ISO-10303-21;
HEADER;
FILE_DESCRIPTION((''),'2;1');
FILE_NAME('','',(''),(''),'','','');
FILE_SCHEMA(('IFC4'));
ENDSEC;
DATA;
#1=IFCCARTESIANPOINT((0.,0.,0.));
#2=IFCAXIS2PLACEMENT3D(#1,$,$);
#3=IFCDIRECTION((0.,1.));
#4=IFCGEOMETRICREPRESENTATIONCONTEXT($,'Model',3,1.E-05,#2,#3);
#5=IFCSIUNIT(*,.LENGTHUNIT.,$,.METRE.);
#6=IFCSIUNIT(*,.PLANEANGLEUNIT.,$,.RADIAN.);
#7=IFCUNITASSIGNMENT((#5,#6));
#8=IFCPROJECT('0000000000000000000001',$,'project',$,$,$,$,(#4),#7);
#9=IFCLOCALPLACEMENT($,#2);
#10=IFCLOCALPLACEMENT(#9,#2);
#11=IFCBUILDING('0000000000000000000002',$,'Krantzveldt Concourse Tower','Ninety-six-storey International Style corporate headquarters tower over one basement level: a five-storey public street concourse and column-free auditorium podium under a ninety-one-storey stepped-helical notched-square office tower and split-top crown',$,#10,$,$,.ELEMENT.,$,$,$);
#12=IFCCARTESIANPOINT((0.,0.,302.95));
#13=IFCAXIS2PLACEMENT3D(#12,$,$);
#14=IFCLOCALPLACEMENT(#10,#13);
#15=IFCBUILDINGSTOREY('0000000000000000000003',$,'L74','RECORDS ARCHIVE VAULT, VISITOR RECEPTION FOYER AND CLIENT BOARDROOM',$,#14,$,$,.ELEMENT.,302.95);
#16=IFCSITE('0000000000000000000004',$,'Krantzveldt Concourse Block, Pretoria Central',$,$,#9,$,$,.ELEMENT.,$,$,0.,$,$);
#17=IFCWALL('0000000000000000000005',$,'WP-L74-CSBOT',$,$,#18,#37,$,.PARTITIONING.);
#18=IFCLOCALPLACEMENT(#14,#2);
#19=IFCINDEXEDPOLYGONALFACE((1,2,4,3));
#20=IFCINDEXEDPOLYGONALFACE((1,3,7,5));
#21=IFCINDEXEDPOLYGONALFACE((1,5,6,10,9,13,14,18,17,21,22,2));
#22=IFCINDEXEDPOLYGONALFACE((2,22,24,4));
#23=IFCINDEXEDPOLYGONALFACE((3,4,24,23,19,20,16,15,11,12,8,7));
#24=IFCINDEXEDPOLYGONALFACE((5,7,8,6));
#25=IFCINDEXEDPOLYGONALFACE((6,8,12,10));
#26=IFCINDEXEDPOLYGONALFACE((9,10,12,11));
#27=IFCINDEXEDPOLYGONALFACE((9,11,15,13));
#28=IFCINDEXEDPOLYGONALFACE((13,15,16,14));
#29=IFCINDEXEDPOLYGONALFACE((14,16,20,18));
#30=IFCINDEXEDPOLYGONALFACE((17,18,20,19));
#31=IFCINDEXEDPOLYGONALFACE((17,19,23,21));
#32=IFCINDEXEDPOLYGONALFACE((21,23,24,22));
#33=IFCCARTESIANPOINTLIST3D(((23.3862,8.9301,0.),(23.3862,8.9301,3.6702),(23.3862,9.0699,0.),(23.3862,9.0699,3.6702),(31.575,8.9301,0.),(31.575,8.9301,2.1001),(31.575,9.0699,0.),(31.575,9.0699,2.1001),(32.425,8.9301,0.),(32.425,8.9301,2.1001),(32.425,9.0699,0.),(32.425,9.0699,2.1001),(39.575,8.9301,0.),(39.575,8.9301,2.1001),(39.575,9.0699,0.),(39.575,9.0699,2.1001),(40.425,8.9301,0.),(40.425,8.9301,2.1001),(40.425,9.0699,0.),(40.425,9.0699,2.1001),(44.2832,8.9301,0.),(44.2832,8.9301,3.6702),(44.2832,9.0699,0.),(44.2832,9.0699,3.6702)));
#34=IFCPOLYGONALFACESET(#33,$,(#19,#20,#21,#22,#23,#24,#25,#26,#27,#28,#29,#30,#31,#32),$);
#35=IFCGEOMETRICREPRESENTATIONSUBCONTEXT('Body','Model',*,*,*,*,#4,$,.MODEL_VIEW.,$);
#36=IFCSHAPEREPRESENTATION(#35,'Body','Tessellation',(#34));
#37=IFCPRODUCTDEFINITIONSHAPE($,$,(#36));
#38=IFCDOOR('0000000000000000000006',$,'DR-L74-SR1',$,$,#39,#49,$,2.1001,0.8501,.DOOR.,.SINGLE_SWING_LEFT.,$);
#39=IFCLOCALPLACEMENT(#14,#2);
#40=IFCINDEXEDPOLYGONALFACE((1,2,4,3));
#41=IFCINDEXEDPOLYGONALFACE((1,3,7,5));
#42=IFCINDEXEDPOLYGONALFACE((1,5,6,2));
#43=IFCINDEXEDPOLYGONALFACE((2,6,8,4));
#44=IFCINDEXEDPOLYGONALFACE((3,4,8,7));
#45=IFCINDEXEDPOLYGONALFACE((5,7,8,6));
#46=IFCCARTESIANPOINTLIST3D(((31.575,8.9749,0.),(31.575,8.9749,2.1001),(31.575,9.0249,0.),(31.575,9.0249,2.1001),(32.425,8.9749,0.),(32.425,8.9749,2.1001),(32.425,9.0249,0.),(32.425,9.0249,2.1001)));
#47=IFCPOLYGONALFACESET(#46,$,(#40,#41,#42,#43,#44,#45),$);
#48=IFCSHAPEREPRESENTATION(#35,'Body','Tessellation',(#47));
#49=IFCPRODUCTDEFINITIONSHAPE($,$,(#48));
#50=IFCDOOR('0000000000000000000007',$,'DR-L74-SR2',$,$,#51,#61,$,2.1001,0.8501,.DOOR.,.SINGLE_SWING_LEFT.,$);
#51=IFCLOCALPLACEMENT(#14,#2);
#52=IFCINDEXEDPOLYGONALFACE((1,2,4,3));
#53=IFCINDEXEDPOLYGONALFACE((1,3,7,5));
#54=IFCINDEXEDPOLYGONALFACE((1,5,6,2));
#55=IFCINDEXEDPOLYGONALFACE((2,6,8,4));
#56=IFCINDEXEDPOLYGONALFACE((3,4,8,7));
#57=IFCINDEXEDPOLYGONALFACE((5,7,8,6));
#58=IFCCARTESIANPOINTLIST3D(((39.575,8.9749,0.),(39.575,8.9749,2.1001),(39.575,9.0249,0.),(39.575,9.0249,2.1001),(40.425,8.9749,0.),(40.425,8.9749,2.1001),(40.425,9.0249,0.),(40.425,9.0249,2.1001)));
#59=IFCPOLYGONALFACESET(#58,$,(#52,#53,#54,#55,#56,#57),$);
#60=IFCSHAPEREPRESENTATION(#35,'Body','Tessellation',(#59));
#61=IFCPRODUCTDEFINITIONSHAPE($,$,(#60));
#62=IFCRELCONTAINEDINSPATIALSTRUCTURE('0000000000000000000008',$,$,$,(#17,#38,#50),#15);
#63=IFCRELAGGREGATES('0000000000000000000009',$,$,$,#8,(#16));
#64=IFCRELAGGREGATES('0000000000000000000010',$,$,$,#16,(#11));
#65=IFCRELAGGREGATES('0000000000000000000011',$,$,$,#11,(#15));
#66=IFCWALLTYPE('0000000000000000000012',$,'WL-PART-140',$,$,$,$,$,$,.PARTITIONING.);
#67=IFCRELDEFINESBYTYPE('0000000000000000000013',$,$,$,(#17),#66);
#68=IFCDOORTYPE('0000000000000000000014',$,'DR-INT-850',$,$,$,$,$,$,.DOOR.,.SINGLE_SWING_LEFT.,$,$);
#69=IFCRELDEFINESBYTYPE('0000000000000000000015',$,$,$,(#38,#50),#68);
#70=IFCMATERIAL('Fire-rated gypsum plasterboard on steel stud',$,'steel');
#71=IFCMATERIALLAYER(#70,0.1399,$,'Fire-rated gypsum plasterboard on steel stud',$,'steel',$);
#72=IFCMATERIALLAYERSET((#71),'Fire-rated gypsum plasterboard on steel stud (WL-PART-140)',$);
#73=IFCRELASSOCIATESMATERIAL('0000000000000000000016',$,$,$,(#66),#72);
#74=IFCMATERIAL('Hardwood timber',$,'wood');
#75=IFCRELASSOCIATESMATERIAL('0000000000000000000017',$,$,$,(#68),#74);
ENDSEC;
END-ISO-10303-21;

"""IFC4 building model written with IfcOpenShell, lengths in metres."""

from ifc_helpers import new_model, si_unit, direction, frame, frame_2d, origin, place, context, subcontext, project, spatial, rectangle, extrude, material, layer, layer_set, type_object, element, fill, save


model = new_model("IFC4")

# Units and contexts
model_context = context("Model", 3, precision=1e-05, world=origin(), true_north=direction((0.0, 1.0)))
body_context = subcontext(model_context, "Body", "Model", "MODEL_VIEW")
ifc_project = project(units=[si_unit("LENGTHUNIT", "METRE"), si_unit("PLANEANGLEUNIT", "RADIAN")], contexts=[model_context])

# Site, building, storey
site_placement = place(None, origin())
site = spatial("IfcSite", under=ifc_project, at=site_placement, Name="Krantzveldt Concourse Block, Pretoria Central", CompositionType="ELEMENT", RefElevation=0.0)
building_placement = place(site_placement, origin())
building = spatial("IfcBuilding", under=site, at=building_placement, Name="Krantzveldt Concourse Tower", Description="Ninety-six-storey International Style corporate headquarters tower over one basement level: a five-storey public street concourse and column-free auditorium podium under a ninety-one-storey stepped-helical notched-square office tower and split-top crown", CompositionType="ELEMENT")
storey_placement = place(building_placement, frame((0.0, 0.0, 302.95)))
storey = spatial("IfcBuildingStorey", under=building, at=storey_placement, Name="L74", Description="RECORDS ARCHIVE VAULT, VISITOR RECEPTION FOYER AND CLIENT BOARDROOM", CompositionType="ELEMENT", Elevation=302.95)

# Shared definitions
ifc_material_1 = material(Name="Fire-rated gypsum plasterboard on steel stud", Category="steel")

# Wall, openings, doors
ifc_layer_1 = layer(ifc_material_1, 0.1399, Name="Fire-rated gypsum plasterboard on steel stud", Category="steel")
ifc_layer_set_1 = layer_set([ifc_layer_1], Name="Fire-rated gypsum plasterboard on steel stud (WL-PART-140)")
wall_type_1 = type_object("IfcWallType", Name="WL-PART-140", PredefinedType="PARTITIONING", material=ifc_layer_set_1)
wall_1_placement = place(storey_placement, frame((23.3862, 9.0, 0.0), z_axis=(0.0, 0.0, 1.0), x_axis=(1.0, 0.0, 0.0)))
wall_1 = element("IfcWall", 1, at=wall_1_placement, inside=storey, type_object=wall_type_1, Name="WP-L74-CSBOT", PredefinedType="PARTITIONING", context=body_context, shape_type="SweptSolid", body=[
    extrude(rectangle(XDim=20.897, YDim=0.1399, at=frame_2d((10.4485, 0.0))), origin(), (0.0, 0.0, 1.0), 3.6702),
])
opening_1_placement = place(wall_1_placement, frame((8.1887, 0.0, 0.0)))
opening_1 = element("IfcOpeningElement", 2, at=opening_1_placement, cuts=wall_1, PredefinedType="OPENING", context=body_context, shape_type="SweptSolid", body=[
    extrude(rectangle(XDim=0.8501, YDim=2.1001, at=frame_2d((0.425, 1.05))), frame((0.0, 0.0801, 0.0), z_axis=(0.0, -1.0, 0.0), x_axis=(1.0, 0.0, 0.0)), (0.0, 0.0, 1.0), 0.1599),
])
opening_2_placement = place(wall_1_placement, frame((16.1887, 0.0, 0.0)))
opening_2 = element("IfcOpeningElement", 3, at=opening_2_placement, cuts=wall_1, PredefinedType="OPENING", context=body_context, shape_type="SweptSolid", body=[
    extrude(rectangle(XDim=0.8501, YDim=2.1001, at=frame_2d((0.425, 1.05))), frame((0.0, 0.0801, 0.0), z_axis=(0.0, -1.0, 0.0), x_axis=(1.0, 0.0, 0.0)), (0.0, 0.0, 1.0), 0.1599),
])
ifc_material_2 = material(Name="Hardwood timber", Category="wood")
door_type = type_object("IfcDoorType", Name="DR-INT-850", OperationType="SINGLE_SWING_LEFT", PredefinedType="DOOR", material=ifc_material_2)
door_1_placement = place(opening_1_placement, origin())
door_1 = element("IfcDoor", 4, at=door_1_placement, inside=storey, type_object=door_type, Name="DR-L74-SR1", OperationType="SINGLE_SWING_LEFT", OverallHeight=2.1001, OverallWidth=0.8501, PredefinedType="DOOR", context=body_context, shape_type="SweptSolid", body=[
    extrude(rectangle(XDim=0.8501, YDim=2.1001, at=frame_2d((0.425, 1.05))), frame((0.0, 0.0249, 0.0), z_axis=(0.0, -1.0, 0.0), x_axis=(1.0, 0.0, 0.0)), (0.0, 0.0, 1.0), 0.05),
])
fill(opening_1, door_1)
door_2_placement = place(opening_2_placement, origin())
door_2 = element("IfcDoor", 5, at=door_2_placement, inside=storey, type_object=door_type, Name="DR-L74-SR2", OperationType="SINGLE_SWING_LEFT", OverallHeight=2.1001, OverallWidth=0.8501, PredefinedType="DOOR", context=body_context, shape_type="SweptSolid", body=[
    extrude(rectangle(XDim=0.8501, YDim=2.1001, at=frame_2d((0.425, 1.05))), frame((0.0, 0.0249, 0.0), z_axis=(0.0, -1.0, 0.0), x_axis=(1.0, 0.0, 0.0)), (0.0, 0.0, 1.0), 0.05),
])
fill(opening_2, door_2)

save(model, "model.ifc")
